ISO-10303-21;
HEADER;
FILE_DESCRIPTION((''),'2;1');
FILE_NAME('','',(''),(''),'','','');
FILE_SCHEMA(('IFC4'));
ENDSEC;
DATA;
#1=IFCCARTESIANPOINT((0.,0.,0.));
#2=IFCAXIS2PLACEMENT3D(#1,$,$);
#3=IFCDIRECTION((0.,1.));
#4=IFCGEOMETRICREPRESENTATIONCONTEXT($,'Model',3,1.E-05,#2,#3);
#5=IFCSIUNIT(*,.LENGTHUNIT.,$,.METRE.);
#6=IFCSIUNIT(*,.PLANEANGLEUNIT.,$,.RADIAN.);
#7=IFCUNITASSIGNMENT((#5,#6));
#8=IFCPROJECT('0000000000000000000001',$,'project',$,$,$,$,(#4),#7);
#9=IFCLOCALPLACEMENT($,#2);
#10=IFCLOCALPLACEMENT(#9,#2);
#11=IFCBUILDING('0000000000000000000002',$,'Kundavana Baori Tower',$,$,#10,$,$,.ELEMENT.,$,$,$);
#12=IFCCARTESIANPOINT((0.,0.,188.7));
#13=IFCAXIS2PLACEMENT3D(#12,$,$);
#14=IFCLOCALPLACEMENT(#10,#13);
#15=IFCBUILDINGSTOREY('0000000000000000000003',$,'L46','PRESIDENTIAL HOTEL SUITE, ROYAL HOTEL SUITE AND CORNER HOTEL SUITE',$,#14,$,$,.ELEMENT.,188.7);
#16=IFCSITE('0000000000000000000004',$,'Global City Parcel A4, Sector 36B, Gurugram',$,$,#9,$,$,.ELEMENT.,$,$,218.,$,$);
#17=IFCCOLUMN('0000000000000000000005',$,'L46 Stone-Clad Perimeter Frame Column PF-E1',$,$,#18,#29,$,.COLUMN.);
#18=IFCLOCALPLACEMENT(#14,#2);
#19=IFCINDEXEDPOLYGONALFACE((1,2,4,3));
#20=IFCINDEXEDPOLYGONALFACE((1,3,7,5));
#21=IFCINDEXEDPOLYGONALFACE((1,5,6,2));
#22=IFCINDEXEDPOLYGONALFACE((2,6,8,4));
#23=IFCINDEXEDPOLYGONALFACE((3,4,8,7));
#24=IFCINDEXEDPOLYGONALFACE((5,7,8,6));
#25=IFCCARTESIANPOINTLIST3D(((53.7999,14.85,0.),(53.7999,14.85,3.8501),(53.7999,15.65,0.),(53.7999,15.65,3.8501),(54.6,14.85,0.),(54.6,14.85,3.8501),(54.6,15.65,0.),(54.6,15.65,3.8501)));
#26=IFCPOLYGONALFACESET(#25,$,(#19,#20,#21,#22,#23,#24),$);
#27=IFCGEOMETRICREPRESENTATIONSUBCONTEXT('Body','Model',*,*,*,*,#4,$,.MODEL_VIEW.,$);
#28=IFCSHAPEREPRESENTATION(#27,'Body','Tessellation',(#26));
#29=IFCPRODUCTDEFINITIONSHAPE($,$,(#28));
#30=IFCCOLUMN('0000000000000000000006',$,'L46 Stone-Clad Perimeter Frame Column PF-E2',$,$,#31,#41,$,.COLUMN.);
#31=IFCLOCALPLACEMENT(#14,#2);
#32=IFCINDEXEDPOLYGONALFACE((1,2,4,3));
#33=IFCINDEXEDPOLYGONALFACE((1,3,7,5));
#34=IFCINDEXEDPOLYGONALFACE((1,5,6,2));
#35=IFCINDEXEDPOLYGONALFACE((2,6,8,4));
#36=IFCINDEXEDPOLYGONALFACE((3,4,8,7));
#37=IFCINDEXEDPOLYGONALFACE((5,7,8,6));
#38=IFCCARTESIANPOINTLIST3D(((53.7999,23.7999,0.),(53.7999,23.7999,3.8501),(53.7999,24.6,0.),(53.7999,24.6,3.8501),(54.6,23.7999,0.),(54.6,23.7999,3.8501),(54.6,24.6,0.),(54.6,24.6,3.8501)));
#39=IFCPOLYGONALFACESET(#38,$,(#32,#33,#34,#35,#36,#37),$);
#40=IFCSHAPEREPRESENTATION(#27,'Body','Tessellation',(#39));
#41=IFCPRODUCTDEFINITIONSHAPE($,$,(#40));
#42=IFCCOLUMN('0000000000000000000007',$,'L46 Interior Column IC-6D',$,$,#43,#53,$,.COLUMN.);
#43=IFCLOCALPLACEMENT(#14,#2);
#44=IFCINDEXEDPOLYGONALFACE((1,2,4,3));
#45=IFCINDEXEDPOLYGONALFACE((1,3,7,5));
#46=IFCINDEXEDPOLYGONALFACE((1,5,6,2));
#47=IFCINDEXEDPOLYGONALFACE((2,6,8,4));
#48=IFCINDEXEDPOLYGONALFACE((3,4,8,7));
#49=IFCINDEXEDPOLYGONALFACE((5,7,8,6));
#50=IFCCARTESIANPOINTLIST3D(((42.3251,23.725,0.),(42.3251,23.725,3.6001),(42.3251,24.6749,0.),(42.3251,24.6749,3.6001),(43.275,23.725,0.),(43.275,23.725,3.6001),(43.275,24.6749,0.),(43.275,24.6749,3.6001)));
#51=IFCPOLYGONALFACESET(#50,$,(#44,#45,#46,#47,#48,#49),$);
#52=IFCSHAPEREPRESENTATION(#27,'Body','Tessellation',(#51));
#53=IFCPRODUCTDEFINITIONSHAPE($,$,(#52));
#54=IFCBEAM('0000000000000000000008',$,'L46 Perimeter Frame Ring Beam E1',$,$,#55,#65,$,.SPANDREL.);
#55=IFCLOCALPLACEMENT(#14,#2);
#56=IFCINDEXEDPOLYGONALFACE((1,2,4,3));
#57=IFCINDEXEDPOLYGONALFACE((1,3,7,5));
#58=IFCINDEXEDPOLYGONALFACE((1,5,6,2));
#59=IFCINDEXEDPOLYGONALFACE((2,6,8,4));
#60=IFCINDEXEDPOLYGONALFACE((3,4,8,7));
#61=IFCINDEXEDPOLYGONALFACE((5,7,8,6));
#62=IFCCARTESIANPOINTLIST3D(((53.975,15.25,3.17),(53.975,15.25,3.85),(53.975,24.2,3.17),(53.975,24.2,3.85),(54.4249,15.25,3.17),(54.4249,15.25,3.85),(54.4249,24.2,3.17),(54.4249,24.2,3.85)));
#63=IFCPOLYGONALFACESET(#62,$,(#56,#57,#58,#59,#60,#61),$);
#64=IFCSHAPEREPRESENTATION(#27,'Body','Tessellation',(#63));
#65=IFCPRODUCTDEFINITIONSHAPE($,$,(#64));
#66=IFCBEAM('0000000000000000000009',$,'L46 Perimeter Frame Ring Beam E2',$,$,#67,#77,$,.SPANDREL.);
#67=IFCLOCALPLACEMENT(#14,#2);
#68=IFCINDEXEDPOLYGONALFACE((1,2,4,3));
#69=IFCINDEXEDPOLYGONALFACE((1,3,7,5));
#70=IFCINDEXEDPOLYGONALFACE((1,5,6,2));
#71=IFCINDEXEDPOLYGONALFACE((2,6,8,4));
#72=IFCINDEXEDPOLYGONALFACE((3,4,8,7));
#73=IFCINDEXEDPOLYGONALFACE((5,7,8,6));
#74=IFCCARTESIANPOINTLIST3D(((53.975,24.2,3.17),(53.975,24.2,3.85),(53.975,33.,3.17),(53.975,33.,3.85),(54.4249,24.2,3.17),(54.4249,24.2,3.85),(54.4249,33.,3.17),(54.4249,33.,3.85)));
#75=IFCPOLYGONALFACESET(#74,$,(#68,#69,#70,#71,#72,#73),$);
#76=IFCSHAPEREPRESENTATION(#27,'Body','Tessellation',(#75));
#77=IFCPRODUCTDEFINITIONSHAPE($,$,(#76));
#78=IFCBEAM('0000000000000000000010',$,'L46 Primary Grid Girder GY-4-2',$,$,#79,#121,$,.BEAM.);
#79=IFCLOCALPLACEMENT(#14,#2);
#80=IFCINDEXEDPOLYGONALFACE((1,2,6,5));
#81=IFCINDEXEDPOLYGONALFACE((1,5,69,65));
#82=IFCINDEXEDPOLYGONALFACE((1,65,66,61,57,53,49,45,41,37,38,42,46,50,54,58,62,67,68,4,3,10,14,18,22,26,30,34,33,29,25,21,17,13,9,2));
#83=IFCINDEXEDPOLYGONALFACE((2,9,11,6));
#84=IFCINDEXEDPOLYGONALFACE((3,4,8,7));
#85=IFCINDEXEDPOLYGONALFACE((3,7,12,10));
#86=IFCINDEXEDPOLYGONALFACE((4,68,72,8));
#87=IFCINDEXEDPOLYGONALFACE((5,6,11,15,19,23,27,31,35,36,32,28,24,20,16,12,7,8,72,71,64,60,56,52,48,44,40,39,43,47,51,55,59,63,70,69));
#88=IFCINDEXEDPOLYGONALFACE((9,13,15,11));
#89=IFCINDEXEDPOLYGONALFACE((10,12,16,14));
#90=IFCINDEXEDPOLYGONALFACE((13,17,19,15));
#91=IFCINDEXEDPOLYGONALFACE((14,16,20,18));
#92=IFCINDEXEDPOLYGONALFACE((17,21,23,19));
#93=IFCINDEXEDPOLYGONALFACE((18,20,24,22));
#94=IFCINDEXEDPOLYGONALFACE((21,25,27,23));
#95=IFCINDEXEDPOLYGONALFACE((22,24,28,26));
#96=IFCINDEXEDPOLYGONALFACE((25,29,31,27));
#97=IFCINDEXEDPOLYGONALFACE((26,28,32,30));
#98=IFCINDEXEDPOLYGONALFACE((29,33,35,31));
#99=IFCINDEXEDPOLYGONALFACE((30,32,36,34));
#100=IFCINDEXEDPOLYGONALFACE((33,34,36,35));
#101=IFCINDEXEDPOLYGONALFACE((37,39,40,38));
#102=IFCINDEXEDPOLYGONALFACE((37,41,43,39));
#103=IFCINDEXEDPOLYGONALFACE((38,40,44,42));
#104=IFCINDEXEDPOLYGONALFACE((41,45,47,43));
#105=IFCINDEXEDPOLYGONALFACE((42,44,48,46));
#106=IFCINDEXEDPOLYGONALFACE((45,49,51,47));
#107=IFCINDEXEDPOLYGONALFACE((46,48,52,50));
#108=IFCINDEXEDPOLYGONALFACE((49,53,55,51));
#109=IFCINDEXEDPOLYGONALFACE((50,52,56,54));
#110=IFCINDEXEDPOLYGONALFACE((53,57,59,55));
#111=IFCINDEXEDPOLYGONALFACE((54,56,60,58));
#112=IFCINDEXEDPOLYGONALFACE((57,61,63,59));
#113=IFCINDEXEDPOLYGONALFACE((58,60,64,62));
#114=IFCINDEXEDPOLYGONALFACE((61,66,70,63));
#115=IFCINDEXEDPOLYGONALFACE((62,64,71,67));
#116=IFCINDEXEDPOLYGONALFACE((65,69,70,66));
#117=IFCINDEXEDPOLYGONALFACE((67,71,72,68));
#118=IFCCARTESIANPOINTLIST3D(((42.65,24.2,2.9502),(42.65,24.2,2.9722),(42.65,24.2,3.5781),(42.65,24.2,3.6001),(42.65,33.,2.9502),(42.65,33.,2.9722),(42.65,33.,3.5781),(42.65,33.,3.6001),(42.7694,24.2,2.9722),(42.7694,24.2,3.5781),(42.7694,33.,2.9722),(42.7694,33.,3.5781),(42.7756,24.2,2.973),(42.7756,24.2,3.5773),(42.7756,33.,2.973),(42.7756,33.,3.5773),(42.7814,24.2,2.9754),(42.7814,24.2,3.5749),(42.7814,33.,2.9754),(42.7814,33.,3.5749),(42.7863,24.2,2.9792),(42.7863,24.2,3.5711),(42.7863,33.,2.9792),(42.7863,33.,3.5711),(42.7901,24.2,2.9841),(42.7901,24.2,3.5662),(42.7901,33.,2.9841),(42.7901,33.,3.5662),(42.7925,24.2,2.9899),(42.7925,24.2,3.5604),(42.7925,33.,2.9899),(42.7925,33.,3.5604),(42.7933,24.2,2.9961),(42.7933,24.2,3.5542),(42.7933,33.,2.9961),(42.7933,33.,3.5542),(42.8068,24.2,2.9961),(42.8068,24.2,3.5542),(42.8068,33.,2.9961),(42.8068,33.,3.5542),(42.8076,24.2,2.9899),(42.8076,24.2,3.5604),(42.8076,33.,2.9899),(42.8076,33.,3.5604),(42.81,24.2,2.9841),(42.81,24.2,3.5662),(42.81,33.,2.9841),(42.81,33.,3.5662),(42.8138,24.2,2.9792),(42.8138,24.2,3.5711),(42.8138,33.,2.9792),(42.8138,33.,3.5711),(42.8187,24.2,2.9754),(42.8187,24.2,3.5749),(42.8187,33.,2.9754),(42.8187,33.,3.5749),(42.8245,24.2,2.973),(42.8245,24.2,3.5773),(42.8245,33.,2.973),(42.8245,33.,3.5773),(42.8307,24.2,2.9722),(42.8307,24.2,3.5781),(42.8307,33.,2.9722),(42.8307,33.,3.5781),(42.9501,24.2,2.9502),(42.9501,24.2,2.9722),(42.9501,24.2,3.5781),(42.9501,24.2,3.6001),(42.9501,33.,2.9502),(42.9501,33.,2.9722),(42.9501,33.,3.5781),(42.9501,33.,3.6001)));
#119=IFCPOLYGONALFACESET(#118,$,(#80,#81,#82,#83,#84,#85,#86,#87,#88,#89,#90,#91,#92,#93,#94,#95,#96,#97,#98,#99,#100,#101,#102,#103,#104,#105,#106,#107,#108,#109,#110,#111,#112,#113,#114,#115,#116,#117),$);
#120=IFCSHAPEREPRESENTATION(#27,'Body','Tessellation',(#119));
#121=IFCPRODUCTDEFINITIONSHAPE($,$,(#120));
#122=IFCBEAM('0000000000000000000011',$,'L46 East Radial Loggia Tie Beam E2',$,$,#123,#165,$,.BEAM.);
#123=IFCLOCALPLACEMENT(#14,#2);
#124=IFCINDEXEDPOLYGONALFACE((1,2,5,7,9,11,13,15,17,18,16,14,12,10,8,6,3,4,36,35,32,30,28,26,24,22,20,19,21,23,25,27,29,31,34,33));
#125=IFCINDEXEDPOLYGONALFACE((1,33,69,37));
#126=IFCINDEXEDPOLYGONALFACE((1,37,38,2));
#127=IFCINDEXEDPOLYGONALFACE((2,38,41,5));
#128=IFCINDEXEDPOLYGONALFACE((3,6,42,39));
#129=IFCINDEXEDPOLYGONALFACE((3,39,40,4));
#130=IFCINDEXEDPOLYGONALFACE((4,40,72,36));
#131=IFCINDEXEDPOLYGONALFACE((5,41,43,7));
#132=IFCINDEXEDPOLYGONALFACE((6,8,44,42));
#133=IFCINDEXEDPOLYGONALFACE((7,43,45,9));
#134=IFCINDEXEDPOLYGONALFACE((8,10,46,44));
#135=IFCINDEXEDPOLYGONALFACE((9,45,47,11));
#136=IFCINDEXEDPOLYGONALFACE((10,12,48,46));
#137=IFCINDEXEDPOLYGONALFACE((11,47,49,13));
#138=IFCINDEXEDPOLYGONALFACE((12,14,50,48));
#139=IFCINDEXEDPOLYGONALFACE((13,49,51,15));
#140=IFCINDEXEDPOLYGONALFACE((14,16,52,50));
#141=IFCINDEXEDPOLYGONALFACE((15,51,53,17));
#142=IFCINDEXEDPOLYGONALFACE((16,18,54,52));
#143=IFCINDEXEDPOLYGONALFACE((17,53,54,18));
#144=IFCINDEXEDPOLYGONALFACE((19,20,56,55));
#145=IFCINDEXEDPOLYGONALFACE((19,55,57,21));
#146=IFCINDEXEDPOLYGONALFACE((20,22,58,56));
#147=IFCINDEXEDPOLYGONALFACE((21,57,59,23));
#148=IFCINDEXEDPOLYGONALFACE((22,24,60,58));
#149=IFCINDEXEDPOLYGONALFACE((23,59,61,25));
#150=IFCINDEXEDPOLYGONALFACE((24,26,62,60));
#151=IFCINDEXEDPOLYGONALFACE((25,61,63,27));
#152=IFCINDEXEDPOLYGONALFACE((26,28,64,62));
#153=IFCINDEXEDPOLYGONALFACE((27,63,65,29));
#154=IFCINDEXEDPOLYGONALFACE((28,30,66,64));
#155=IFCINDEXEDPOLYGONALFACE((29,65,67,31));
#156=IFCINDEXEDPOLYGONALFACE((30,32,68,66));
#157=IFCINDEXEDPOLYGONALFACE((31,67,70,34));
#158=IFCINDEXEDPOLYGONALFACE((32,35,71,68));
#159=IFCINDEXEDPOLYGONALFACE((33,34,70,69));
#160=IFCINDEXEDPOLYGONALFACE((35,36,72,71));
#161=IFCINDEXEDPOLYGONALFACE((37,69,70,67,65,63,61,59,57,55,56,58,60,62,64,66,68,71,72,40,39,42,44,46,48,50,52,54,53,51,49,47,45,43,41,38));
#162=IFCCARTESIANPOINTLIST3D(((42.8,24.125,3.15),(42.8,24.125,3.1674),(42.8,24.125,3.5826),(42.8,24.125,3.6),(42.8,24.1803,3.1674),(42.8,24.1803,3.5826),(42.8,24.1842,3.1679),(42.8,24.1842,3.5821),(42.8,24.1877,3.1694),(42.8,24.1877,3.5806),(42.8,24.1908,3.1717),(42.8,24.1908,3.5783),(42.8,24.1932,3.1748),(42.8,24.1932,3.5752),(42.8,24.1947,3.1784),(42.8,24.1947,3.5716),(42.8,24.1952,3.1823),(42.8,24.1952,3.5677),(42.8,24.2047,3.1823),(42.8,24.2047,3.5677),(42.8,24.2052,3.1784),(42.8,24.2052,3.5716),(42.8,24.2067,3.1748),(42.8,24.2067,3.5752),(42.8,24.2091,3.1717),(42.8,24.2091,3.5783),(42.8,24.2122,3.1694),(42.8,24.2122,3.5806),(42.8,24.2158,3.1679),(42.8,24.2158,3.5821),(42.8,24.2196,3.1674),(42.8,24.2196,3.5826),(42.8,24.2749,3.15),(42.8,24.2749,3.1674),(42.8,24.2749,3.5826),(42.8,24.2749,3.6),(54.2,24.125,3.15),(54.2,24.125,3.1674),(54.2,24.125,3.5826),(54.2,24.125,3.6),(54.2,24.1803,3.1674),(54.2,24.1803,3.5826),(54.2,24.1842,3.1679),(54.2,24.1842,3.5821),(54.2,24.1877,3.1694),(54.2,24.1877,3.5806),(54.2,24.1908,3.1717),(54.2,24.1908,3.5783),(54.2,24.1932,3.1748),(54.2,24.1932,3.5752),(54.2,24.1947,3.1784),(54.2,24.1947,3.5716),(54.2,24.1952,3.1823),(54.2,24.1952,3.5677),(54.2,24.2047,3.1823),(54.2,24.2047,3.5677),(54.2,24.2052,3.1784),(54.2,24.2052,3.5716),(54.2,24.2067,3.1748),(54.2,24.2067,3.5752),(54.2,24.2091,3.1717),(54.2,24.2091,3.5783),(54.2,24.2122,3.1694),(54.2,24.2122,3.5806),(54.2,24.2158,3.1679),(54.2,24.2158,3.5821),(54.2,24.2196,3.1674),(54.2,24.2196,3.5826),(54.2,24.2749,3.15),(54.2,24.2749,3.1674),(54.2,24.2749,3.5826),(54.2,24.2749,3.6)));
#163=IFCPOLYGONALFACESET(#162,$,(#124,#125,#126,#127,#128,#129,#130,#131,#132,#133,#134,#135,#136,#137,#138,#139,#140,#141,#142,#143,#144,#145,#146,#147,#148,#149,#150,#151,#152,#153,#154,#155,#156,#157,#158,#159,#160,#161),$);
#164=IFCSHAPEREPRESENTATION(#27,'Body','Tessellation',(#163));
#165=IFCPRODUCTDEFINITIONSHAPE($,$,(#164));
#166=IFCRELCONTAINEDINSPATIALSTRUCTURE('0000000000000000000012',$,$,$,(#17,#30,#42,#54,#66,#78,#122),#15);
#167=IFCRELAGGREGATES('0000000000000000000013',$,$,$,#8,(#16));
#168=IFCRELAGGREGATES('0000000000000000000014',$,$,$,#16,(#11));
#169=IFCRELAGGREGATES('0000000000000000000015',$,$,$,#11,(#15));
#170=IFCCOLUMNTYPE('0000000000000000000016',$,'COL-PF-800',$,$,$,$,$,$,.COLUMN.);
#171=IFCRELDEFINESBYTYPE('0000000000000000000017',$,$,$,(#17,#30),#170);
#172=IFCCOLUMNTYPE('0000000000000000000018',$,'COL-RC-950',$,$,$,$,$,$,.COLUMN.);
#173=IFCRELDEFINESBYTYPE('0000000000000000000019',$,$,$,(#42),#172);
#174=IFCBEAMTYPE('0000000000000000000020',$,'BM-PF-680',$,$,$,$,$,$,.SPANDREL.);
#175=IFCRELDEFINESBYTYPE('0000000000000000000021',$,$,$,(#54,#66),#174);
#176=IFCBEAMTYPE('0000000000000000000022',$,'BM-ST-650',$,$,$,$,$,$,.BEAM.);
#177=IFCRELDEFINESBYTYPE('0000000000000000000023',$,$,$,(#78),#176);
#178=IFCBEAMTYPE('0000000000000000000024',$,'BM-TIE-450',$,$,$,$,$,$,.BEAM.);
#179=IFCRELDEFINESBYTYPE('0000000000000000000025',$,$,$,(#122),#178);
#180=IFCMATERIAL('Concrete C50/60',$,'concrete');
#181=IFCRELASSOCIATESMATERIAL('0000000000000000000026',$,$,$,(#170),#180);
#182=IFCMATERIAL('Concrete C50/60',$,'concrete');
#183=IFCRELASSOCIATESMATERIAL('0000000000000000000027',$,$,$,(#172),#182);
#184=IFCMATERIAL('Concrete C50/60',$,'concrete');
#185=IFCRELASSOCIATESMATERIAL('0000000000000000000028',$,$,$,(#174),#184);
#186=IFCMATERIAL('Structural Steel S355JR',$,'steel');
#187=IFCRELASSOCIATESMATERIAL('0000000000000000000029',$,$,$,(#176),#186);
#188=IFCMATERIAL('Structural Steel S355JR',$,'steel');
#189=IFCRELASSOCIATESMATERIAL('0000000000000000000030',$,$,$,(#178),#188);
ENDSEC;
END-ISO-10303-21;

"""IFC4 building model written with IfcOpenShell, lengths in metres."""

from ifc_helpers import new_model, si_unit, direction, frame, origin, origin_2d, place, context, subcontext, project, spatial, rectangle, i_section, extrude, material, material_profile, profile_set, type_object, element, save


model = new_model("IFC4")

# Units and contexts
model_context = context("Model", 3, precision=1e-05, world=origin(), true_north=direction((0.0, 1.0)))
body_context = subcontext(model_context, "Body", "Model", "MODEL_VIEW")
ifc_project = project(units=[si_unit("LENGTHUNIT", "METRE"), si_unit("PLANEANGLEUNIT", "RADIAN")], contexts=[model_context])

# Site, building, storey
site_placement = place(None, origin())
site = spatial("IfcSite", under=ifc_project, at=site_placement, Name="Global City Parcel A4, Sector 36B, Gurugram", CompositionType="ELEMENT", RefElevation=218.0)
building_placement = place(site_placement, origin())
building = spatial("IfcBuilding", under=site, at=building_placement, Name="Kundavana Baori Tower", CompositionType="ELEMENT")
storey_placement = place(building_placement, frame((0.0, 0.0, 188.7)))
storey = spatial("IfcBuildingStorey", under=building, at=storey_placement, Name="L46", Description="PRESIDENTIAL HOTEL SUITE, ROYAL HOTEL SUITE AND CORNER HOTEL SUITE", CompositionType="ELEMENT", Elevation=188.7)

# Columns
ifc_material_1 = material(Name="Concrete C50/60", Category="concrete")
ifc_material_profile_1 = material_profile(ifc_material_1, rectangle(XDim=0.8, YDim=0.8, at=origin_2d()), Name="RC PF 800x800")
ifc_profile_set_1 = profile_set([ifc_material_profile_1], Name="Concrete C50/60")
column_type_1 = type_object("IfcColumnType", Name="COL-PF-800", PredefinedType="COLUMN", material=ifc_profile_set_1)
for number, where, z_axis, x_axis, name in (
    (1, (54.2, 15.25, 0.0), (0.0, 0.0, 1.0), (1.0, 0.0, 0.0), "L46 Stone-Clad Perimeter Frame Column PF-E1"),
    (2, (54.2, 24.2, 0.0), (0.0, 0.0, 1.0), (1.0, 0.0, 0.0), "L46 Stone-Clad Perimeter Frame Column PF-E2"),
):
    element("IfcColumn", number, at=place(storey_placement, frame(where, z_axis=z_axis, x_axis=x_axis)), inside=storey, type_object=column_type_1, Name=name, PredefinedType="COLUMN", context=body_context, shape_type="SweptSolid", body=[
        extrude(rectangle(XDim=0.8, YDim=0.8, at=origin_2d()), origin(), (0.0, 0.0, 1.0), 3.8501),
    ])
ifc_material_2 = material(Name="Concrete C50/60", Category="concrete")
ifc_material_profile_2 = material_profile(ifc_material_2, rectangle(XDim=0.95, YDim=0.95, at=origin_2d()), Name="RC 950x950")
ifc_profile_set_2 = profile_set([ifc_material_profile_2], Name="Concrete C50/60")
column_type_2 = type_object("IfcColumnType", Name="COL-RC-950", PredefinedType="COLUMN", material=ifc_profile_set_2)
column_placement = place(storey_placement, frame((42.8, 24.2, 0.0), z_axis=(0.0, 0.0, 1.0), x_axis=(1.0, 0.0, 0.0)))
element("IfcColumn", 3, at=column_placement, inside=storey, type_object=column_type_2, Name="L46 Interior Column IC-6D", PredefinedType="COLUMN", context=body_context, shape_type="SweptSolid", body=[
    extrude(rectangle(XDim=0.95, YDim=0.95, at=origin_2d()), origin(), (0.0, 0.0, 1.0), 3.6001),
])

# Beams
ifc_material_3 = material(Name="Concrete C50/60", Category="concrete")
ifc_material_profile_3 = material_profile(ifc_material_3, rectangle(XDim=0.45, YDim=0.6799, at=origin_2d()), Name="RC BM 450x680")
ifc_profile_set_3 = profile_set([ifc_material_profile_3], Name="Concrete C50/60")
beam_type_1 = type_object("IfcBeamType", Name="BM-PF-680", PredefinedType="SPANDREL", material=ifc_profile_set_3)
beam_1_placement = place(storey_placement, frame((54.2, 15.25, 3.51), z_axis=(0.0, 1.0, 0.0), x_axis=(-1.0, 0.0, 0.0)))
element("IfcBeam", 4, at=beam_1_placement, inside=storey, type_object=beam_type_1, Name="L46 Perimeter Frame Ring Beam E1", PredefinedType="SPANDREL", context=body_context, shape_type="SweptSolid", body=[
    extrude(rectangle(XDim=0.45, YDim=0.6799, at=origin_2d()), origin(), (0.0, 0.0, 1.0), 8.95),
])
beam_2_placement = place(storey_placement, frame((54.2, 24.2, 3.51), z_axis=(0.0, 1.0, 0.0), x_axis=(-1.0, 0.0, 0.0)))
element("IfcBeam", 5, at=beam_2_placement, inside=storey, type_object=beam_type_1, Name="L46 Perimeter Frame Ring Beam E2", PredefinedType="SPANDREL", context=body_context, shape_type="SweptSolid", body=[
    extrude(rectangle(XDim=0.45, YDim=0.6799, at=origin_2d()), origin(), (0.0, 0.0, 1.0), 8.8),
])
ifc_material_4 = material(Name="Structural Steel S355JR", Category="steel")
ifc_material_profile_4 = material_profile(ifc_material_4, i_section(OverallWidth=0.3, OverallDepth=0.6499, WebThickness=0.0134, FlangeThickness=0.022, FilletRadius=0.0239, at=origin_2d()), Name="NPB 650x300x155")
ifc_profile_set_4 = profile_set([ifc_material_profile_4], Name="Structural Steel S355JR")
beam_type_2 = type_object("IfcBeamType", Name="BM-ST-650", PredefinedType="BEAM", material=ifc_profile_set_4)
beam_3_placement = place(storey_placement, frame((42.8, 24.2, 3.2751), z_axis=(0.0, 1.0, 0.0), x_axis=(-1.0, 0.0, 0.0)))
element("IfcBeam", 6, at=beam_3_placement, inside=storey, type_object=beam_type_2, Name="L46 Primary Grid Girder GY-4-2", PredefinedType="BEAM", context=body_context, shape_type="SweptSolid", body=[
    extrude(i_section(OverallWidth=0.3, OverallDepth=0.6499, WebThickness=0.0134, FlangeThickness=0.022, FilletRadius=0.0239, at=origin_2d()), origin(), (0.0, 0.0, 1.0), 8.8),
])
ifc_material_5 = material(Name="Structural Steel S355JR", Category="steel")
ifc_material_profile_5 = material_profile(ifc_material_5, i_section(OverallWidth=0.1499, OverallDepth=0.45, WebThickness=0.0095, FlangeThickness=0.0173, FilletRadius=0.0149, at=origin_2d()), Name="ISMB 450")
ifc_profile_set_5 = profile_set([ifc_material_profile_5], Name="Structural Steel S355JR")
beam_type_3 = type_object("IfcBeamType", Name="BM-TIE-450", PredefinedType="BEAM", material=ifc_profile_set_5)
beam_4_placement = place(storey_placement, frame((42.8, 24.2, 3.375), z_axis=(1.0, 0.0, 0.0), x_axis=(0.0, 1.0, 0.0)))
element("IfcBeam", 7, at=beam_4_placement, inside=storey, type_object=beam_type_3, Name="L46 East Radial Loggia Tie Beam E2", PredefinedType="BEAM", context=body_context, shape_type="SweptSolid", body=[
    extrude(i_section(OverallWidth=0.1499, OverallDepth=0.45, WebThickness=0.0095, FlangeThickness=0.0173, FilletRadius=0.0149, at=origin_2d()), origin(), (0.0, 0.0, 1.0), 11.3999),
])

save(model, "model.ifc")
